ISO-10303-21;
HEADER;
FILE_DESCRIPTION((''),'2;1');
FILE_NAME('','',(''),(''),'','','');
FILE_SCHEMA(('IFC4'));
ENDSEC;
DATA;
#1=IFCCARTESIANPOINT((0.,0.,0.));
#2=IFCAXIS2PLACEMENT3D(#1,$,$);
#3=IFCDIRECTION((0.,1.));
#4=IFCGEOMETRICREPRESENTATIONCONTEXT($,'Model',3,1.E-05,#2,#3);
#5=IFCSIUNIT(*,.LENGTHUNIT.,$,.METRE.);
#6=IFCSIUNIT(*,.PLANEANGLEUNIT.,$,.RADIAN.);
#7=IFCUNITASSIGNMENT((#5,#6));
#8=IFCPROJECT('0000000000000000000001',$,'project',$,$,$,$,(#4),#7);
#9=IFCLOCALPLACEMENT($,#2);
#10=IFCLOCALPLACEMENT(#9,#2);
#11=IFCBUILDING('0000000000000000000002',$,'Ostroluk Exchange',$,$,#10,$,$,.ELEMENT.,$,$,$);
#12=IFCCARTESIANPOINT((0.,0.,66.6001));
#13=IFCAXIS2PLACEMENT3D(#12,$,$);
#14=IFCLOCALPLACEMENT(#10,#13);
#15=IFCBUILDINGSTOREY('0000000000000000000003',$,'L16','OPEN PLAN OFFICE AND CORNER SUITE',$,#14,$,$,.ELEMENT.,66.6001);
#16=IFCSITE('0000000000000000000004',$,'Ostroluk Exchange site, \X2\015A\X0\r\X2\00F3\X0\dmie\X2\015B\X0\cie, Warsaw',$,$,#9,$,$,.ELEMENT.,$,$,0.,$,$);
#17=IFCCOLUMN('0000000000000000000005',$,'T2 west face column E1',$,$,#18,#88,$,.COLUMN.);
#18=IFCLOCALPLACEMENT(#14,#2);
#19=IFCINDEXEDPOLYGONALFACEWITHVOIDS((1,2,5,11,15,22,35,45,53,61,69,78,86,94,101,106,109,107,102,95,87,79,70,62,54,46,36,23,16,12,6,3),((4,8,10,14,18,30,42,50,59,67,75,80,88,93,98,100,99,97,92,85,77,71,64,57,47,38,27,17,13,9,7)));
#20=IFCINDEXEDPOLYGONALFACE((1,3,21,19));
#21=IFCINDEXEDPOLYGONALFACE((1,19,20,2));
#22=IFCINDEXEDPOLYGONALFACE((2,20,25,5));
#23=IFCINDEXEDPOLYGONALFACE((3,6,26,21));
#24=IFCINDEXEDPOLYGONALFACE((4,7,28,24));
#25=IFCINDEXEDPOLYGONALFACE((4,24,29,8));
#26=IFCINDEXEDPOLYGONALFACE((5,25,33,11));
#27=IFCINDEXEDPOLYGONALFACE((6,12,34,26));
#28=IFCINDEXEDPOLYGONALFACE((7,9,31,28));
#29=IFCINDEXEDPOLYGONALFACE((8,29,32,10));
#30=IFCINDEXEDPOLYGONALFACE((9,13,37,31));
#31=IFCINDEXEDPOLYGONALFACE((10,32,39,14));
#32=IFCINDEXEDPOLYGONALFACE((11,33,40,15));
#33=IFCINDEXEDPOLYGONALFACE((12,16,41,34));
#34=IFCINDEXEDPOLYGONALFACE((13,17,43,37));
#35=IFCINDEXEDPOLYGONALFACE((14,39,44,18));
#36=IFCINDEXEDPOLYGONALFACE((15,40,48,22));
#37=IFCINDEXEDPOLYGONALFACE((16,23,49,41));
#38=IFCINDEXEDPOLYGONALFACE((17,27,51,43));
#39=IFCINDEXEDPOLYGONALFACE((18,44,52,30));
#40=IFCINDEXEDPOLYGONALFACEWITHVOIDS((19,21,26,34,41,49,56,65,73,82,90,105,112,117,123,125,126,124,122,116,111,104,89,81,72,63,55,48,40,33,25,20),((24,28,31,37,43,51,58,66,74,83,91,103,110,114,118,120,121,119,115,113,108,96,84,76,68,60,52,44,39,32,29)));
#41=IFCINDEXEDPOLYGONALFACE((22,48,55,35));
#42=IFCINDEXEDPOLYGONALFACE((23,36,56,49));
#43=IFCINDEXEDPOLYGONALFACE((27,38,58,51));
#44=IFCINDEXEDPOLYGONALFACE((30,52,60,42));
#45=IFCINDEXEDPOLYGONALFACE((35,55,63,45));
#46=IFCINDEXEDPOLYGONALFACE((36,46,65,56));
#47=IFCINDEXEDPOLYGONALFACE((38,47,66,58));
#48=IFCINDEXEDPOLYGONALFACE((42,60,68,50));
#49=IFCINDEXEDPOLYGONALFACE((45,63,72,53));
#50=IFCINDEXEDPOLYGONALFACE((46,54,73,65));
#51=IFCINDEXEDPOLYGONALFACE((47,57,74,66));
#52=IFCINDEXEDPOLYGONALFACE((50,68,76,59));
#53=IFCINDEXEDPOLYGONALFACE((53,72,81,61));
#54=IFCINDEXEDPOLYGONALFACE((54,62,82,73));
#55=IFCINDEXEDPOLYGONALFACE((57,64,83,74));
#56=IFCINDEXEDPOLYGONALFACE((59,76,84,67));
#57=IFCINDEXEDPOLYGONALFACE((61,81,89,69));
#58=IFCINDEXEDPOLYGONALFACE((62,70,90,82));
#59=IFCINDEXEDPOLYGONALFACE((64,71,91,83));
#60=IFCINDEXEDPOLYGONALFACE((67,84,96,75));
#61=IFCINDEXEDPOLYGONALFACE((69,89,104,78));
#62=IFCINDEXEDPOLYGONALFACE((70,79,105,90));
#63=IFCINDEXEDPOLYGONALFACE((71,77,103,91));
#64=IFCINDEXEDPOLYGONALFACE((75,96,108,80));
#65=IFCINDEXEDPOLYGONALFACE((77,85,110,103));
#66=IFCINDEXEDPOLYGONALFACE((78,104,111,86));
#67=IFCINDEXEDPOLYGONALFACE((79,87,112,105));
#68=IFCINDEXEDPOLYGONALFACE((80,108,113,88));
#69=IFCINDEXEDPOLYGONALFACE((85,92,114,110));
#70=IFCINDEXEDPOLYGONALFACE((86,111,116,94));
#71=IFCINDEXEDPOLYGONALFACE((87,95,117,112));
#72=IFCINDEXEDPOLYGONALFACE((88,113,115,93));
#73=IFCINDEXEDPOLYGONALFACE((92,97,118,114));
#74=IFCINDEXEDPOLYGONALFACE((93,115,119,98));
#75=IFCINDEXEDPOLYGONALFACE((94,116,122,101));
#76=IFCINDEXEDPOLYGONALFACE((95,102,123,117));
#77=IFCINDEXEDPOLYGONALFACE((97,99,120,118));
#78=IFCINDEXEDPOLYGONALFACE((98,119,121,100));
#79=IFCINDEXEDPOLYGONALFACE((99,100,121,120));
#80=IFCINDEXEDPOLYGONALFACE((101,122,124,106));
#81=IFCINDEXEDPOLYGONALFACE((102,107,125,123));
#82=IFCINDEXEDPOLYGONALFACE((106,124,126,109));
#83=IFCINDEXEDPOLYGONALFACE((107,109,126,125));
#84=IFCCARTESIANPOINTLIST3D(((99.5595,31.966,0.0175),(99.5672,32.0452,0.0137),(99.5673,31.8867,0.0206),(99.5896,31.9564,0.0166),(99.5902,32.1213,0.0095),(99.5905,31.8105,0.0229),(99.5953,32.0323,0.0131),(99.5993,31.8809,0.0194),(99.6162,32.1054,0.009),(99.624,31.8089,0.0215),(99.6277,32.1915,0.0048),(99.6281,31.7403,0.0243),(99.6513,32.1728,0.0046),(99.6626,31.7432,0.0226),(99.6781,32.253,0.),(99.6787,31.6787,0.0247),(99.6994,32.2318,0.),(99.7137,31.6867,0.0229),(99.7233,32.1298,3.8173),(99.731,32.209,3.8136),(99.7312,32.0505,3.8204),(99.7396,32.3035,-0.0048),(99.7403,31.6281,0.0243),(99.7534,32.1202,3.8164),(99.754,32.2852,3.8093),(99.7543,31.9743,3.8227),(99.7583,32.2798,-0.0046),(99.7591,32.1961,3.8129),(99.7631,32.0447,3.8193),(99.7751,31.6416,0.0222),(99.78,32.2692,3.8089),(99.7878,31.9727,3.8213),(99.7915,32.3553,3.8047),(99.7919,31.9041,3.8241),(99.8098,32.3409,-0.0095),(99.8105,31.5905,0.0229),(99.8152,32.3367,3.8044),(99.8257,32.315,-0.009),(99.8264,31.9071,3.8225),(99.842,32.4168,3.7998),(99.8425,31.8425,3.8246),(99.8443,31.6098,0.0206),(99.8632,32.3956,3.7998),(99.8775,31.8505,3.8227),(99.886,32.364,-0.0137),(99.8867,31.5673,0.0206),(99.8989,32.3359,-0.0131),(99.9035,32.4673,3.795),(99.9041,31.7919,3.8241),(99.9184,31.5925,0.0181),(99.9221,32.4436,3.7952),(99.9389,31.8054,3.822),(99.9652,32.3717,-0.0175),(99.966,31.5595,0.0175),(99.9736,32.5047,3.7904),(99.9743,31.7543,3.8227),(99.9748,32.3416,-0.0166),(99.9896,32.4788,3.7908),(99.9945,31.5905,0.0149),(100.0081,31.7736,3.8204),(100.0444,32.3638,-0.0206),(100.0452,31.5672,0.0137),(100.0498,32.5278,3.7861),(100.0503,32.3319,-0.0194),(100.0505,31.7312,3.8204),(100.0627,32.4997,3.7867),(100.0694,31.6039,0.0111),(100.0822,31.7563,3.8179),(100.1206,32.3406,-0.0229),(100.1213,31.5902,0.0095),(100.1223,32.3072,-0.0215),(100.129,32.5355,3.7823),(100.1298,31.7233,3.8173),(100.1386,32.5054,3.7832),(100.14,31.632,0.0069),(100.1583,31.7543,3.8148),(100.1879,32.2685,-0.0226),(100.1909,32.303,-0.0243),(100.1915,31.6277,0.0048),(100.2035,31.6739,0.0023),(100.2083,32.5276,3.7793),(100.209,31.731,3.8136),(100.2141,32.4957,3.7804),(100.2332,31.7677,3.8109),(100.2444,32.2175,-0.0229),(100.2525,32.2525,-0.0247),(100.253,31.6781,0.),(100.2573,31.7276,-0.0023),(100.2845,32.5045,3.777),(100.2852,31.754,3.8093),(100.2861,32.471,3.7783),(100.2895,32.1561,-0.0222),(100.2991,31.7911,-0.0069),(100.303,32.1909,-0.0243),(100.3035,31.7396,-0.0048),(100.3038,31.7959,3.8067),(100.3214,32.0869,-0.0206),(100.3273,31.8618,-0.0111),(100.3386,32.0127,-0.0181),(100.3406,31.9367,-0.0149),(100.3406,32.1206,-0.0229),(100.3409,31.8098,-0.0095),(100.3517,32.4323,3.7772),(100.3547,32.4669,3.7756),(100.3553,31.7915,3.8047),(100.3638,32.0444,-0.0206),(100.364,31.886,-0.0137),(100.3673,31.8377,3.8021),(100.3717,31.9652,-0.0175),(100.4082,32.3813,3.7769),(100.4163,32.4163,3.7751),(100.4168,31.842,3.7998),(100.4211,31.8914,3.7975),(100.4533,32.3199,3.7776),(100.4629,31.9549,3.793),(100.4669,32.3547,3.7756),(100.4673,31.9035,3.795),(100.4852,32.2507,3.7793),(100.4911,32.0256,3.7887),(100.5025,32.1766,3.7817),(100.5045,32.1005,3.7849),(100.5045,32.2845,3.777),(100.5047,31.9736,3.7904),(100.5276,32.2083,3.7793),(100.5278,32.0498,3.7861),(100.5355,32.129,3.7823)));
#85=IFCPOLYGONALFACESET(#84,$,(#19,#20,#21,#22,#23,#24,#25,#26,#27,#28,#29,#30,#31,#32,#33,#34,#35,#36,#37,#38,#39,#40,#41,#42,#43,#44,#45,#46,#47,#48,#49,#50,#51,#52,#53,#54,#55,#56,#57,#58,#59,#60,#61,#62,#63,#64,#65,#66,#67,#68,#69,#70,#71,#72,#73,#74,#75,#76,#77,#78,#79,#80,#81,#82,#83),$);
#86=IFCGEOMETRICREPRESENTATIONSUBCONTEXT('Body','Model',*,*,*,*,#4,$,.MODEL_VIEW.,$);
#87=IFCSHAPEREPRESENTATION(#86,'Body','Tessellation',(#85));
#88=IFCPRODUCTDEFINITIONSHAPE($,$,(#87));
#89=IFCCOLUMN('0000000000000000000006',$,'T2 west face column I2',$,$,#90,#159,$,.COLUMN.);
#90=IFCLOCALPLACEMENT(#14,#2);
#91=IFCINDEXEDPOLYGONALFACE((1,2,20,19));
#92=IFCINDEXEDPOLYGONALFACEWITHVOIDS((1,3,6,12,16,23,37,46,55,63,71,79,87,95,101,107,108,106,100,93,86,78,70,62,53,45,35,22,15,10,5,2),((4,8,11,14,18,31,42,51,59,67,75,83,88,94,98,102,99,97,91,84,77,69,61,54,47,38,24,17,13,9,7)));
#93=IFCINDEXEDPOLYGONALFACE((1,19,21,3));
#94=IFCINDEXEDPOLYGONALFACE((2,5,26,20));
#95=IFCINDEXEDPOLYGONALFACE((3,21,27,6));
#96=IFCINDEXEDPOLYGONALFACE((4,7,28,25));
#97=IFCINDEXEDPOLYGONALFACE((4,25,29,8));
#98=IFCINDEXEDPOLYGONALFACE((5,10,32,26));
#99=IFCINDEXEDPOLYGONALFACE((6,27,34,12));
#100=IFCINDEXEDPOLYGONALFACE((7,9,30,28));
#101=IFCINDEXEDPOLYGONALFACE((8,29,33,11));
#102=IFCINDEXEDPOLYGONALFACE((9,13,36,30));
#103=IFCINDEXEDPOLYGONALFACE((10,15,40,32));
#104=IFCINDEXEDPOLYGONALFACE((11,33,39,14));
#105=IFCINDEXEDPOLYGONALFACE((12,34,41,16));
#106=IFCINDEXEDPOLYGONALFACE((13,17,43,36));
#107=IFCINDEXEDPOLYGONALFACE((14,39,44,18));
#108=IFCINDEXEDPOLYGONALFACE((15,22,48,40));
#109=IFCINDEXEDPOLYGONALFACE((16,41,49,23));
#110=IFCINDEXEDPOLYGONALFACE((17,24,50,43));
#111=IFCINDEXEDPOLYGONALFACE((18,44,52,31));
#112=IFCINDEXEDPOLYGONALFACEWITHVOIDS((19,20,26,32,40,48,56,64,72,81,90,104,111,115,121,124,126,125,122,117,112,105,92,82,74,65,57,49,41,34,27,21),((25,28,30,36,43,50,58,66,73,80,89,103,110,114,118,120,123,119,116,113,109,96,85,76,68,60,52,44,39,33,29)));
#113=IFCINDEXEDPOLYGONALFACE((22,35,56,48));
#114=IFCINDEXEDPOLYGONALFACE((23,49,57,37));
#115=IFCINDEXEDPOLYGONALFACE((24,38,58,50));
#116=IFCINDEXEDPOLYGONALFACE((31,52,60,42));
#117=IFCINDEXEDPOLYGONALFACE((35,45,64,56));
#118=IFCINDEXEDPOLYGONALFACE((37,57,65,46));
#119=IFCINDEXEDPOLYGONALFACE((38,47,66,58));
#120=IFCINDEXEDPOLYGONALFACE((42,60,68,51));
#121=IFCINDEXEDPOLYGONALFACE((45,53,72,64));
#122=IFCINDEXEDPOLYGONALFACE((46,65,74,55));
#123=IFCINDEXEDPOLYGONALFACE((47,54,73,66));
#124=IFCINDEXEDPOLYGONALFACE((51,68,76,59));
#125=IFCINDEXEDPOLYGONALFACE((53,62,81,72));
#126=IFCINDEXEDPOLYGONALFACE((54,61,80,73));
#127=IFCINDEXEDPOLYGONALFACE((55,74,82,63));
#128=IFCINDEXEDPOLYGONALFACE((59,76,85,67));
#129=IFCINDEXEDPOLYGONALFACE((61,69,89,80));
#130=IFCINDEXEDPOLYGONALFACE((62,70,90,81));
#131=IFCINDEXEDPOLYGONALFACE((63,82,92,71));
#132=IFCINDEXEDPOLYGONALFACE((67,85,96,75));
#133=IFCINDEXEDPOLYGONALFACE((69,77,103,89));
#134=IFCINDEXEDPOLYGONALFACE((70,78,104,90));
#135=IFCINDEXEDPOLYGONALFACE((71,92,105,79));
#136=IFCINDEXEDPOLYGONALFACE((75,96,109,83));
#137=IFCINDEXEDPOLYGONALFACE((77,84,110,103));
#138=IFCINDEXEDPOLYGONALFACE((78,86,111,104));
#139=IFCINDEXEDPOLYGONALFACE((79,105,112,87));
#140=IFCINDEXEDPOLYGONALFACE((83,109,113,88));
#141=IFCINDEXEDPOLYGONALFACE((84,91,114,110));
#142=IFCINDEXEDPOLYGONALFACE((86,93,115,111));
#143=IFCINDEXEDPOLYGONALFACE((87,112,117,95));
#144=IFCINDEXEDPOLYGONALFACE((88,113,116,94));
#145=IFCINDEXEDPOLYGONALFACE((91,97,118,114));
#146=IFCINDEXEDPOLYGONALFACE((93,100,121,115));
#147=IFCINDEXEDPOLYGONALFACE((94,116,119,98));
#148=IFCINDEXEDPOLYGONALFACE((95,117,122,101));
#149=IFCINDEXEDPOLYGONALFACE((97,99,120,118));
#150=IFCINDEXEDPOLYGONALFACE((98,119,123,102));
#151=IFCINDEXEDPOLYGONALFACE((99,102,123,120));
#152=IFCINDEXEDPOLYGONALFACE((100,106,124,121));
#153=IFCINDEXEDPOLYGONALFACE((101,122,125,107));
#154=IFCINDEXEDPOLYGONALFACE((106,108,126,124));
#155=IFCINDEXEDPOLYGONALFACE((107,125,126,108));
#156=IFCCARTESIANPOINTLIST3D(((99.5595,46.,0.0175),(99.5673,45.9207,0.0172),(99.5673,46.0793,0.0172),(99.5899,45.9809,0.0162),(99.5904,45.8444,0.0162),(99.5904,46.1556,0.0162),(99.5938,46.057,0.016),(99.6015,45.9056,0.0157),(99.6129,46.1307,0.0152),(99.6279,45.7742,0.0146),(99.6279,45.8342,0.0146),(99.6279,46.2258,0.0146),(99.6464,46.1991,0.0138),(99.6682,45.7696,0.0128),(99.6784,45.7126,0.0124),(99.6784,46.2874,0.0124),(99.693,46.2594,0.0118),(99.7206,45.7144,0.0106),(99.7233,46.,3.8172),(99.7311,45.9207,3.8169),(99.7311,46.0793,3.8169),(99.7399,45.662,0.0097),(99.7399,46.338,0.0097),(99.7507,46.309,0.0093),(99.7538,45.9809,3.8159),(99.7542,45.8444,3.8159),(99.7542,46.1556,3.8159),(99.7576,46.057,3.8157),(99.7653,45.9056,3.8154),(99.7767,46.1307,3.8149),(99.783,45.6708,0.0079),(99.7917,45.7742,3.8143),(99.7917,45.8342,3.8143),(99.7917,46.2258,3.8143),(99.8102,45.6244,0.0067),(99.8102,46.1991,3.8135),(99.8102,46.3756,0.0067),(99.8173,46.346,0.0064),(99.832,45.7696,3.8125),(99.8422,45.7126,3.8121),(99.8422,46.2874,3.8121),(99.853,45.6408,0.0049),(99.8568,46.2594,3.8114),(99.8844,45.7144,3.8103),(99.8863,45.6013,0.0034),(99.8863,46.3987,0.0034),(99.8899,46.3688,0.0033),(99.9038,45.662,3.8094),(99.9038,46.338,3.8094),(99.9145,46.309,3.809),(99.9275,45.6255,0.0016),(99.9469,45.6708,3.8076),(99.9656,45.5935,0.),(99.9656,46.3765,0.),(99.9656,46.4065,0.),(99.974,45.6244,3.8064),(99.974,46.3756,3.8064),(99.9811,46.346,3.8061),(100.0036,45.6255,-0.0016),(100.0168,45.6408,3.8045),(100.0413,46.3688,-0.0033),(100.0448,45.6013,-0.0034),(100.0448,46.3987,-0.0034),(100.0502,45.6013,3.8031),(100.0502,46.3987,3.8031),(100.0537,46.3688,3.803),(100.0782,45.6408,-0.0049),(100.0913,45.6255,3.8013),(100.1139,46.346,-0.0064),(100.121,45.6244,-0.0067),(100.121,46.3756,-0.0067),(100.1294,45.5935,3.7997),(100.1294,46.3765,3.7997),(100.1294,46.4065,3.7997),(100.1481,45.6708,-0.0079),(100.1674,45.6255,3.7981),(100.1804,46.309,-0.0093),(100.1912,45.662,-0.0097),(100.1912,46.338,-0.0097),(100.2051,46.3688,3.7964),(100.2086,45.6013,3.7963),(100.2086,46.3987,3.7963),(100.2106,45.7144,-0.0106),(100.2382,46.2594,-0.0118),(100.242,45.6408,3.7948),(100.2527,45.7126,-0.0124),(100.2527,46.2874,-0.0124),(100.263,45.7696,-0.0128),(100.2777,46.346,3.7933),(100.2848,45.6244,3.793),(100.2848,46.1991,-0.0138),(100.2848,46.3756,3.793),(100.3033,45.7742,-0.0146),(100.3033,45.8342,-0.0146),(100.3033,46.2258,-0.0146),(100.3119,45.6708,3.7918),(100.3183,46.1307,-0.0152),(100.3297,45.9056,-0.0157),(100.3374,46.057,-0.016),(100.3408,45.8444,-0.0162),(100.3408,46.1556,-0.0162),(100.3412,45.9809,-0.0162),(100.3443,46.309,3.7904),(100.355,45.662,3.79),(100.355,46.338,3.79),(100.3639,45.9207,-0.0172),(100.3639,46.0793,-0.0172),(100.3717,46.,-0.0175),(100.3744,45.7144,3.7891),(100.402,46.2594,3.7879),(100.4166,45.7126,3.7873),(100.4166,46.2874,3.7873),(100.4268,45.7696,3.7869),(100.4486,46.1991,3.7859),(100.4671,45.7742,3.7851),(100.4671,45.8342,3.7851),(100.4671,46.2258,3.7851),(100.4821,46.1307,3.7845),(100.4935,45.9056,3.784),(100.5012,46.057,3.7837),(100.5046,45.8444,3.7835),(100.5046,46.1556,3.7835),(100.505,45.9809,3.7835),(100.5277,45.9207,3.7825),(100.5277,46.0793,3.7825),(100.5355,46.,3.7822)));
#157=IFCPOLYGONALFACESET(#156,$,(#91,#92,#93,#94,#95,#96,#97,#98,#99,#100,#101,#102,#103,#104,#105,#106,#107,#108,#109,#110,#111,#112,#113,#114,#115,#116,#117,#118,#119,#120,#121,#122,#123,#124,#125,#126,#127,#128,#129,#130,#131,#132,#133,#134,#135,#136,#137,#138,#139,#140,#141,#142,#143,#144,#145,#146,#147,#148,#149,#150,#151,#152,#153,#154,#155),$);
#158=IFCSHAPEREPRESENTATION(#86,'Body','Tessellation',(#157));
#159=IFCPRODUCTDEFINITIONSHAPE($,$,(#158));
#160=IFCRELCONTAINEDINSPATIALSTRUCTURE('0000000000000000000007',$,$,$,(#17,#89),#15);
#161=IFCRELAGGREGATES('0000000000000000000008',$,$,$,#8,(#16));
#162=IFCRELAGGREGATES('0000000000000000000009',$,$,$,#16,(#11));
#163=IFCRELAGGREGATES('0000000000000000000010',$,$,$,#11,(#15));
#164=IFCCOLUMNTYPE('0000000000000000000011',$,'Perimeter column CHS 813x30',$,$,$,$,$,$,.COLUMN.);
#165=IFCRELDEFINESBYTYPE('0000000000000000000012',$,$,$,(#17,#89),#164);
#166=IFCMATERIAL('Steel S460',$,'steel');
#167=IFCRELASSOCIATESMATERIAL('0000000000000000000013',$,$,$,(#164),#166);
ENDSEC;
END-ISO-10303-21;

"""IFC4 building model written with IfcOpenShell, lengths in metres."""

from ifc_helpers import new_model, si_unit, direction, frame, origin, origin_2d, place, context, subcontext, project, spatial, hollow_circle, extrude, material, material_profile, profile_set, type_object, element, save


model = new_model("IFC4")

# Units and contexts
model_context = context("Model", 3, precision=1e-05, world=origin(), true_north=direction((0.0, 1.0)))
body_context = subcontext(model_context, "Body", "Model", "MODEL_VIEW")
ifc_project = project(units=[si_unit("LENGTHUNIT", "METRE"), si_unit("PLANEANGLEUNIT", "RADIAN")], contexts=[model_context])

# Site, building, storey
site_placement = place(None, origin())
site = spatial("IfcSite", under=ifc_project, at=site_placement, Name="Ostroluk Exchange site, Śródmieście, Warsaw", CompositionType="ELEMENT", RefElevation=0.0)
building_placement = place(site_placement, origin())
building = spatial("IfcBuilding", under=site, at=building_placement, Name="Ostroluk Exchange", CompositionType="ELEMENT")
storey_placement = place(building_placement, frame((0.0, 0.0, 66.6001)))
storey = spatial("IfcBuildingStorey", under=building, at=storey_placement, Name="L16", Description="OPEN PLAN OFFICE AND CORNER SUITE", CompositionType="ELEMENT", Elevation=66.6001)

# Columns
ifc_material_1 = material(Name="Steel S460", Category="steel")
ifc_material_profile_1 = material_profile(ifc_material_1, hollow_circle(Radius=0.4065, WallThickness=0.03, at=origin_2d()), Name="CHS 813x30")
ifc_profile_set_1 = profile_set([ifc_material_profile_1], Name="Steel S460")
column_type_1 = type_object("IfcColumnType", Name="Perimeter column CHS 813x30", PredefinedType="COLUMN", material=ifc_profile_set_1)
column_1_placement = place(storey_placement, frame((99.9656, 31.9656, 0.0), z_axis=(0.043032, 0.043032, 0.998146), x_axis=(-0.707107, 0.707107, 0.0)))
element("IfcColumn", 1, at=column_1_placement, inside=storey, type_object=column_type_1, Name="T2 west face column E1", PredefinedType="COLUMN", context=body_context, shape_type="SweptSolid", body=[
    extrude(hollow_circle(Radius=0.4065, WallThickness=0.03, at=origin_2d()), origin(), (0.0, 0.0, 1.0), 3.8069),
])
column_2_placement = place(storey_placement, frame((99.9656, 46.0, 0.0), z_axis=(0.043072, 0.0, 0.999072), x_axis=(0.0, 1.0, 0.0)))
element("IfcColumn", 2, at=column_2_placement, inside=storey, type_object=column_type_1, Name="T2 west face column I2", PredefinedType="COLUMN", context=body_context, shape_type="SweptSolid", body=[
    extrude(hollow_circle(Radius=0.4065, WallThickness=0.03, at=origin_2d()), origin(), (0.0, 0.0, 1.0), 3.8032),
])

save(model, "model.ifc")
